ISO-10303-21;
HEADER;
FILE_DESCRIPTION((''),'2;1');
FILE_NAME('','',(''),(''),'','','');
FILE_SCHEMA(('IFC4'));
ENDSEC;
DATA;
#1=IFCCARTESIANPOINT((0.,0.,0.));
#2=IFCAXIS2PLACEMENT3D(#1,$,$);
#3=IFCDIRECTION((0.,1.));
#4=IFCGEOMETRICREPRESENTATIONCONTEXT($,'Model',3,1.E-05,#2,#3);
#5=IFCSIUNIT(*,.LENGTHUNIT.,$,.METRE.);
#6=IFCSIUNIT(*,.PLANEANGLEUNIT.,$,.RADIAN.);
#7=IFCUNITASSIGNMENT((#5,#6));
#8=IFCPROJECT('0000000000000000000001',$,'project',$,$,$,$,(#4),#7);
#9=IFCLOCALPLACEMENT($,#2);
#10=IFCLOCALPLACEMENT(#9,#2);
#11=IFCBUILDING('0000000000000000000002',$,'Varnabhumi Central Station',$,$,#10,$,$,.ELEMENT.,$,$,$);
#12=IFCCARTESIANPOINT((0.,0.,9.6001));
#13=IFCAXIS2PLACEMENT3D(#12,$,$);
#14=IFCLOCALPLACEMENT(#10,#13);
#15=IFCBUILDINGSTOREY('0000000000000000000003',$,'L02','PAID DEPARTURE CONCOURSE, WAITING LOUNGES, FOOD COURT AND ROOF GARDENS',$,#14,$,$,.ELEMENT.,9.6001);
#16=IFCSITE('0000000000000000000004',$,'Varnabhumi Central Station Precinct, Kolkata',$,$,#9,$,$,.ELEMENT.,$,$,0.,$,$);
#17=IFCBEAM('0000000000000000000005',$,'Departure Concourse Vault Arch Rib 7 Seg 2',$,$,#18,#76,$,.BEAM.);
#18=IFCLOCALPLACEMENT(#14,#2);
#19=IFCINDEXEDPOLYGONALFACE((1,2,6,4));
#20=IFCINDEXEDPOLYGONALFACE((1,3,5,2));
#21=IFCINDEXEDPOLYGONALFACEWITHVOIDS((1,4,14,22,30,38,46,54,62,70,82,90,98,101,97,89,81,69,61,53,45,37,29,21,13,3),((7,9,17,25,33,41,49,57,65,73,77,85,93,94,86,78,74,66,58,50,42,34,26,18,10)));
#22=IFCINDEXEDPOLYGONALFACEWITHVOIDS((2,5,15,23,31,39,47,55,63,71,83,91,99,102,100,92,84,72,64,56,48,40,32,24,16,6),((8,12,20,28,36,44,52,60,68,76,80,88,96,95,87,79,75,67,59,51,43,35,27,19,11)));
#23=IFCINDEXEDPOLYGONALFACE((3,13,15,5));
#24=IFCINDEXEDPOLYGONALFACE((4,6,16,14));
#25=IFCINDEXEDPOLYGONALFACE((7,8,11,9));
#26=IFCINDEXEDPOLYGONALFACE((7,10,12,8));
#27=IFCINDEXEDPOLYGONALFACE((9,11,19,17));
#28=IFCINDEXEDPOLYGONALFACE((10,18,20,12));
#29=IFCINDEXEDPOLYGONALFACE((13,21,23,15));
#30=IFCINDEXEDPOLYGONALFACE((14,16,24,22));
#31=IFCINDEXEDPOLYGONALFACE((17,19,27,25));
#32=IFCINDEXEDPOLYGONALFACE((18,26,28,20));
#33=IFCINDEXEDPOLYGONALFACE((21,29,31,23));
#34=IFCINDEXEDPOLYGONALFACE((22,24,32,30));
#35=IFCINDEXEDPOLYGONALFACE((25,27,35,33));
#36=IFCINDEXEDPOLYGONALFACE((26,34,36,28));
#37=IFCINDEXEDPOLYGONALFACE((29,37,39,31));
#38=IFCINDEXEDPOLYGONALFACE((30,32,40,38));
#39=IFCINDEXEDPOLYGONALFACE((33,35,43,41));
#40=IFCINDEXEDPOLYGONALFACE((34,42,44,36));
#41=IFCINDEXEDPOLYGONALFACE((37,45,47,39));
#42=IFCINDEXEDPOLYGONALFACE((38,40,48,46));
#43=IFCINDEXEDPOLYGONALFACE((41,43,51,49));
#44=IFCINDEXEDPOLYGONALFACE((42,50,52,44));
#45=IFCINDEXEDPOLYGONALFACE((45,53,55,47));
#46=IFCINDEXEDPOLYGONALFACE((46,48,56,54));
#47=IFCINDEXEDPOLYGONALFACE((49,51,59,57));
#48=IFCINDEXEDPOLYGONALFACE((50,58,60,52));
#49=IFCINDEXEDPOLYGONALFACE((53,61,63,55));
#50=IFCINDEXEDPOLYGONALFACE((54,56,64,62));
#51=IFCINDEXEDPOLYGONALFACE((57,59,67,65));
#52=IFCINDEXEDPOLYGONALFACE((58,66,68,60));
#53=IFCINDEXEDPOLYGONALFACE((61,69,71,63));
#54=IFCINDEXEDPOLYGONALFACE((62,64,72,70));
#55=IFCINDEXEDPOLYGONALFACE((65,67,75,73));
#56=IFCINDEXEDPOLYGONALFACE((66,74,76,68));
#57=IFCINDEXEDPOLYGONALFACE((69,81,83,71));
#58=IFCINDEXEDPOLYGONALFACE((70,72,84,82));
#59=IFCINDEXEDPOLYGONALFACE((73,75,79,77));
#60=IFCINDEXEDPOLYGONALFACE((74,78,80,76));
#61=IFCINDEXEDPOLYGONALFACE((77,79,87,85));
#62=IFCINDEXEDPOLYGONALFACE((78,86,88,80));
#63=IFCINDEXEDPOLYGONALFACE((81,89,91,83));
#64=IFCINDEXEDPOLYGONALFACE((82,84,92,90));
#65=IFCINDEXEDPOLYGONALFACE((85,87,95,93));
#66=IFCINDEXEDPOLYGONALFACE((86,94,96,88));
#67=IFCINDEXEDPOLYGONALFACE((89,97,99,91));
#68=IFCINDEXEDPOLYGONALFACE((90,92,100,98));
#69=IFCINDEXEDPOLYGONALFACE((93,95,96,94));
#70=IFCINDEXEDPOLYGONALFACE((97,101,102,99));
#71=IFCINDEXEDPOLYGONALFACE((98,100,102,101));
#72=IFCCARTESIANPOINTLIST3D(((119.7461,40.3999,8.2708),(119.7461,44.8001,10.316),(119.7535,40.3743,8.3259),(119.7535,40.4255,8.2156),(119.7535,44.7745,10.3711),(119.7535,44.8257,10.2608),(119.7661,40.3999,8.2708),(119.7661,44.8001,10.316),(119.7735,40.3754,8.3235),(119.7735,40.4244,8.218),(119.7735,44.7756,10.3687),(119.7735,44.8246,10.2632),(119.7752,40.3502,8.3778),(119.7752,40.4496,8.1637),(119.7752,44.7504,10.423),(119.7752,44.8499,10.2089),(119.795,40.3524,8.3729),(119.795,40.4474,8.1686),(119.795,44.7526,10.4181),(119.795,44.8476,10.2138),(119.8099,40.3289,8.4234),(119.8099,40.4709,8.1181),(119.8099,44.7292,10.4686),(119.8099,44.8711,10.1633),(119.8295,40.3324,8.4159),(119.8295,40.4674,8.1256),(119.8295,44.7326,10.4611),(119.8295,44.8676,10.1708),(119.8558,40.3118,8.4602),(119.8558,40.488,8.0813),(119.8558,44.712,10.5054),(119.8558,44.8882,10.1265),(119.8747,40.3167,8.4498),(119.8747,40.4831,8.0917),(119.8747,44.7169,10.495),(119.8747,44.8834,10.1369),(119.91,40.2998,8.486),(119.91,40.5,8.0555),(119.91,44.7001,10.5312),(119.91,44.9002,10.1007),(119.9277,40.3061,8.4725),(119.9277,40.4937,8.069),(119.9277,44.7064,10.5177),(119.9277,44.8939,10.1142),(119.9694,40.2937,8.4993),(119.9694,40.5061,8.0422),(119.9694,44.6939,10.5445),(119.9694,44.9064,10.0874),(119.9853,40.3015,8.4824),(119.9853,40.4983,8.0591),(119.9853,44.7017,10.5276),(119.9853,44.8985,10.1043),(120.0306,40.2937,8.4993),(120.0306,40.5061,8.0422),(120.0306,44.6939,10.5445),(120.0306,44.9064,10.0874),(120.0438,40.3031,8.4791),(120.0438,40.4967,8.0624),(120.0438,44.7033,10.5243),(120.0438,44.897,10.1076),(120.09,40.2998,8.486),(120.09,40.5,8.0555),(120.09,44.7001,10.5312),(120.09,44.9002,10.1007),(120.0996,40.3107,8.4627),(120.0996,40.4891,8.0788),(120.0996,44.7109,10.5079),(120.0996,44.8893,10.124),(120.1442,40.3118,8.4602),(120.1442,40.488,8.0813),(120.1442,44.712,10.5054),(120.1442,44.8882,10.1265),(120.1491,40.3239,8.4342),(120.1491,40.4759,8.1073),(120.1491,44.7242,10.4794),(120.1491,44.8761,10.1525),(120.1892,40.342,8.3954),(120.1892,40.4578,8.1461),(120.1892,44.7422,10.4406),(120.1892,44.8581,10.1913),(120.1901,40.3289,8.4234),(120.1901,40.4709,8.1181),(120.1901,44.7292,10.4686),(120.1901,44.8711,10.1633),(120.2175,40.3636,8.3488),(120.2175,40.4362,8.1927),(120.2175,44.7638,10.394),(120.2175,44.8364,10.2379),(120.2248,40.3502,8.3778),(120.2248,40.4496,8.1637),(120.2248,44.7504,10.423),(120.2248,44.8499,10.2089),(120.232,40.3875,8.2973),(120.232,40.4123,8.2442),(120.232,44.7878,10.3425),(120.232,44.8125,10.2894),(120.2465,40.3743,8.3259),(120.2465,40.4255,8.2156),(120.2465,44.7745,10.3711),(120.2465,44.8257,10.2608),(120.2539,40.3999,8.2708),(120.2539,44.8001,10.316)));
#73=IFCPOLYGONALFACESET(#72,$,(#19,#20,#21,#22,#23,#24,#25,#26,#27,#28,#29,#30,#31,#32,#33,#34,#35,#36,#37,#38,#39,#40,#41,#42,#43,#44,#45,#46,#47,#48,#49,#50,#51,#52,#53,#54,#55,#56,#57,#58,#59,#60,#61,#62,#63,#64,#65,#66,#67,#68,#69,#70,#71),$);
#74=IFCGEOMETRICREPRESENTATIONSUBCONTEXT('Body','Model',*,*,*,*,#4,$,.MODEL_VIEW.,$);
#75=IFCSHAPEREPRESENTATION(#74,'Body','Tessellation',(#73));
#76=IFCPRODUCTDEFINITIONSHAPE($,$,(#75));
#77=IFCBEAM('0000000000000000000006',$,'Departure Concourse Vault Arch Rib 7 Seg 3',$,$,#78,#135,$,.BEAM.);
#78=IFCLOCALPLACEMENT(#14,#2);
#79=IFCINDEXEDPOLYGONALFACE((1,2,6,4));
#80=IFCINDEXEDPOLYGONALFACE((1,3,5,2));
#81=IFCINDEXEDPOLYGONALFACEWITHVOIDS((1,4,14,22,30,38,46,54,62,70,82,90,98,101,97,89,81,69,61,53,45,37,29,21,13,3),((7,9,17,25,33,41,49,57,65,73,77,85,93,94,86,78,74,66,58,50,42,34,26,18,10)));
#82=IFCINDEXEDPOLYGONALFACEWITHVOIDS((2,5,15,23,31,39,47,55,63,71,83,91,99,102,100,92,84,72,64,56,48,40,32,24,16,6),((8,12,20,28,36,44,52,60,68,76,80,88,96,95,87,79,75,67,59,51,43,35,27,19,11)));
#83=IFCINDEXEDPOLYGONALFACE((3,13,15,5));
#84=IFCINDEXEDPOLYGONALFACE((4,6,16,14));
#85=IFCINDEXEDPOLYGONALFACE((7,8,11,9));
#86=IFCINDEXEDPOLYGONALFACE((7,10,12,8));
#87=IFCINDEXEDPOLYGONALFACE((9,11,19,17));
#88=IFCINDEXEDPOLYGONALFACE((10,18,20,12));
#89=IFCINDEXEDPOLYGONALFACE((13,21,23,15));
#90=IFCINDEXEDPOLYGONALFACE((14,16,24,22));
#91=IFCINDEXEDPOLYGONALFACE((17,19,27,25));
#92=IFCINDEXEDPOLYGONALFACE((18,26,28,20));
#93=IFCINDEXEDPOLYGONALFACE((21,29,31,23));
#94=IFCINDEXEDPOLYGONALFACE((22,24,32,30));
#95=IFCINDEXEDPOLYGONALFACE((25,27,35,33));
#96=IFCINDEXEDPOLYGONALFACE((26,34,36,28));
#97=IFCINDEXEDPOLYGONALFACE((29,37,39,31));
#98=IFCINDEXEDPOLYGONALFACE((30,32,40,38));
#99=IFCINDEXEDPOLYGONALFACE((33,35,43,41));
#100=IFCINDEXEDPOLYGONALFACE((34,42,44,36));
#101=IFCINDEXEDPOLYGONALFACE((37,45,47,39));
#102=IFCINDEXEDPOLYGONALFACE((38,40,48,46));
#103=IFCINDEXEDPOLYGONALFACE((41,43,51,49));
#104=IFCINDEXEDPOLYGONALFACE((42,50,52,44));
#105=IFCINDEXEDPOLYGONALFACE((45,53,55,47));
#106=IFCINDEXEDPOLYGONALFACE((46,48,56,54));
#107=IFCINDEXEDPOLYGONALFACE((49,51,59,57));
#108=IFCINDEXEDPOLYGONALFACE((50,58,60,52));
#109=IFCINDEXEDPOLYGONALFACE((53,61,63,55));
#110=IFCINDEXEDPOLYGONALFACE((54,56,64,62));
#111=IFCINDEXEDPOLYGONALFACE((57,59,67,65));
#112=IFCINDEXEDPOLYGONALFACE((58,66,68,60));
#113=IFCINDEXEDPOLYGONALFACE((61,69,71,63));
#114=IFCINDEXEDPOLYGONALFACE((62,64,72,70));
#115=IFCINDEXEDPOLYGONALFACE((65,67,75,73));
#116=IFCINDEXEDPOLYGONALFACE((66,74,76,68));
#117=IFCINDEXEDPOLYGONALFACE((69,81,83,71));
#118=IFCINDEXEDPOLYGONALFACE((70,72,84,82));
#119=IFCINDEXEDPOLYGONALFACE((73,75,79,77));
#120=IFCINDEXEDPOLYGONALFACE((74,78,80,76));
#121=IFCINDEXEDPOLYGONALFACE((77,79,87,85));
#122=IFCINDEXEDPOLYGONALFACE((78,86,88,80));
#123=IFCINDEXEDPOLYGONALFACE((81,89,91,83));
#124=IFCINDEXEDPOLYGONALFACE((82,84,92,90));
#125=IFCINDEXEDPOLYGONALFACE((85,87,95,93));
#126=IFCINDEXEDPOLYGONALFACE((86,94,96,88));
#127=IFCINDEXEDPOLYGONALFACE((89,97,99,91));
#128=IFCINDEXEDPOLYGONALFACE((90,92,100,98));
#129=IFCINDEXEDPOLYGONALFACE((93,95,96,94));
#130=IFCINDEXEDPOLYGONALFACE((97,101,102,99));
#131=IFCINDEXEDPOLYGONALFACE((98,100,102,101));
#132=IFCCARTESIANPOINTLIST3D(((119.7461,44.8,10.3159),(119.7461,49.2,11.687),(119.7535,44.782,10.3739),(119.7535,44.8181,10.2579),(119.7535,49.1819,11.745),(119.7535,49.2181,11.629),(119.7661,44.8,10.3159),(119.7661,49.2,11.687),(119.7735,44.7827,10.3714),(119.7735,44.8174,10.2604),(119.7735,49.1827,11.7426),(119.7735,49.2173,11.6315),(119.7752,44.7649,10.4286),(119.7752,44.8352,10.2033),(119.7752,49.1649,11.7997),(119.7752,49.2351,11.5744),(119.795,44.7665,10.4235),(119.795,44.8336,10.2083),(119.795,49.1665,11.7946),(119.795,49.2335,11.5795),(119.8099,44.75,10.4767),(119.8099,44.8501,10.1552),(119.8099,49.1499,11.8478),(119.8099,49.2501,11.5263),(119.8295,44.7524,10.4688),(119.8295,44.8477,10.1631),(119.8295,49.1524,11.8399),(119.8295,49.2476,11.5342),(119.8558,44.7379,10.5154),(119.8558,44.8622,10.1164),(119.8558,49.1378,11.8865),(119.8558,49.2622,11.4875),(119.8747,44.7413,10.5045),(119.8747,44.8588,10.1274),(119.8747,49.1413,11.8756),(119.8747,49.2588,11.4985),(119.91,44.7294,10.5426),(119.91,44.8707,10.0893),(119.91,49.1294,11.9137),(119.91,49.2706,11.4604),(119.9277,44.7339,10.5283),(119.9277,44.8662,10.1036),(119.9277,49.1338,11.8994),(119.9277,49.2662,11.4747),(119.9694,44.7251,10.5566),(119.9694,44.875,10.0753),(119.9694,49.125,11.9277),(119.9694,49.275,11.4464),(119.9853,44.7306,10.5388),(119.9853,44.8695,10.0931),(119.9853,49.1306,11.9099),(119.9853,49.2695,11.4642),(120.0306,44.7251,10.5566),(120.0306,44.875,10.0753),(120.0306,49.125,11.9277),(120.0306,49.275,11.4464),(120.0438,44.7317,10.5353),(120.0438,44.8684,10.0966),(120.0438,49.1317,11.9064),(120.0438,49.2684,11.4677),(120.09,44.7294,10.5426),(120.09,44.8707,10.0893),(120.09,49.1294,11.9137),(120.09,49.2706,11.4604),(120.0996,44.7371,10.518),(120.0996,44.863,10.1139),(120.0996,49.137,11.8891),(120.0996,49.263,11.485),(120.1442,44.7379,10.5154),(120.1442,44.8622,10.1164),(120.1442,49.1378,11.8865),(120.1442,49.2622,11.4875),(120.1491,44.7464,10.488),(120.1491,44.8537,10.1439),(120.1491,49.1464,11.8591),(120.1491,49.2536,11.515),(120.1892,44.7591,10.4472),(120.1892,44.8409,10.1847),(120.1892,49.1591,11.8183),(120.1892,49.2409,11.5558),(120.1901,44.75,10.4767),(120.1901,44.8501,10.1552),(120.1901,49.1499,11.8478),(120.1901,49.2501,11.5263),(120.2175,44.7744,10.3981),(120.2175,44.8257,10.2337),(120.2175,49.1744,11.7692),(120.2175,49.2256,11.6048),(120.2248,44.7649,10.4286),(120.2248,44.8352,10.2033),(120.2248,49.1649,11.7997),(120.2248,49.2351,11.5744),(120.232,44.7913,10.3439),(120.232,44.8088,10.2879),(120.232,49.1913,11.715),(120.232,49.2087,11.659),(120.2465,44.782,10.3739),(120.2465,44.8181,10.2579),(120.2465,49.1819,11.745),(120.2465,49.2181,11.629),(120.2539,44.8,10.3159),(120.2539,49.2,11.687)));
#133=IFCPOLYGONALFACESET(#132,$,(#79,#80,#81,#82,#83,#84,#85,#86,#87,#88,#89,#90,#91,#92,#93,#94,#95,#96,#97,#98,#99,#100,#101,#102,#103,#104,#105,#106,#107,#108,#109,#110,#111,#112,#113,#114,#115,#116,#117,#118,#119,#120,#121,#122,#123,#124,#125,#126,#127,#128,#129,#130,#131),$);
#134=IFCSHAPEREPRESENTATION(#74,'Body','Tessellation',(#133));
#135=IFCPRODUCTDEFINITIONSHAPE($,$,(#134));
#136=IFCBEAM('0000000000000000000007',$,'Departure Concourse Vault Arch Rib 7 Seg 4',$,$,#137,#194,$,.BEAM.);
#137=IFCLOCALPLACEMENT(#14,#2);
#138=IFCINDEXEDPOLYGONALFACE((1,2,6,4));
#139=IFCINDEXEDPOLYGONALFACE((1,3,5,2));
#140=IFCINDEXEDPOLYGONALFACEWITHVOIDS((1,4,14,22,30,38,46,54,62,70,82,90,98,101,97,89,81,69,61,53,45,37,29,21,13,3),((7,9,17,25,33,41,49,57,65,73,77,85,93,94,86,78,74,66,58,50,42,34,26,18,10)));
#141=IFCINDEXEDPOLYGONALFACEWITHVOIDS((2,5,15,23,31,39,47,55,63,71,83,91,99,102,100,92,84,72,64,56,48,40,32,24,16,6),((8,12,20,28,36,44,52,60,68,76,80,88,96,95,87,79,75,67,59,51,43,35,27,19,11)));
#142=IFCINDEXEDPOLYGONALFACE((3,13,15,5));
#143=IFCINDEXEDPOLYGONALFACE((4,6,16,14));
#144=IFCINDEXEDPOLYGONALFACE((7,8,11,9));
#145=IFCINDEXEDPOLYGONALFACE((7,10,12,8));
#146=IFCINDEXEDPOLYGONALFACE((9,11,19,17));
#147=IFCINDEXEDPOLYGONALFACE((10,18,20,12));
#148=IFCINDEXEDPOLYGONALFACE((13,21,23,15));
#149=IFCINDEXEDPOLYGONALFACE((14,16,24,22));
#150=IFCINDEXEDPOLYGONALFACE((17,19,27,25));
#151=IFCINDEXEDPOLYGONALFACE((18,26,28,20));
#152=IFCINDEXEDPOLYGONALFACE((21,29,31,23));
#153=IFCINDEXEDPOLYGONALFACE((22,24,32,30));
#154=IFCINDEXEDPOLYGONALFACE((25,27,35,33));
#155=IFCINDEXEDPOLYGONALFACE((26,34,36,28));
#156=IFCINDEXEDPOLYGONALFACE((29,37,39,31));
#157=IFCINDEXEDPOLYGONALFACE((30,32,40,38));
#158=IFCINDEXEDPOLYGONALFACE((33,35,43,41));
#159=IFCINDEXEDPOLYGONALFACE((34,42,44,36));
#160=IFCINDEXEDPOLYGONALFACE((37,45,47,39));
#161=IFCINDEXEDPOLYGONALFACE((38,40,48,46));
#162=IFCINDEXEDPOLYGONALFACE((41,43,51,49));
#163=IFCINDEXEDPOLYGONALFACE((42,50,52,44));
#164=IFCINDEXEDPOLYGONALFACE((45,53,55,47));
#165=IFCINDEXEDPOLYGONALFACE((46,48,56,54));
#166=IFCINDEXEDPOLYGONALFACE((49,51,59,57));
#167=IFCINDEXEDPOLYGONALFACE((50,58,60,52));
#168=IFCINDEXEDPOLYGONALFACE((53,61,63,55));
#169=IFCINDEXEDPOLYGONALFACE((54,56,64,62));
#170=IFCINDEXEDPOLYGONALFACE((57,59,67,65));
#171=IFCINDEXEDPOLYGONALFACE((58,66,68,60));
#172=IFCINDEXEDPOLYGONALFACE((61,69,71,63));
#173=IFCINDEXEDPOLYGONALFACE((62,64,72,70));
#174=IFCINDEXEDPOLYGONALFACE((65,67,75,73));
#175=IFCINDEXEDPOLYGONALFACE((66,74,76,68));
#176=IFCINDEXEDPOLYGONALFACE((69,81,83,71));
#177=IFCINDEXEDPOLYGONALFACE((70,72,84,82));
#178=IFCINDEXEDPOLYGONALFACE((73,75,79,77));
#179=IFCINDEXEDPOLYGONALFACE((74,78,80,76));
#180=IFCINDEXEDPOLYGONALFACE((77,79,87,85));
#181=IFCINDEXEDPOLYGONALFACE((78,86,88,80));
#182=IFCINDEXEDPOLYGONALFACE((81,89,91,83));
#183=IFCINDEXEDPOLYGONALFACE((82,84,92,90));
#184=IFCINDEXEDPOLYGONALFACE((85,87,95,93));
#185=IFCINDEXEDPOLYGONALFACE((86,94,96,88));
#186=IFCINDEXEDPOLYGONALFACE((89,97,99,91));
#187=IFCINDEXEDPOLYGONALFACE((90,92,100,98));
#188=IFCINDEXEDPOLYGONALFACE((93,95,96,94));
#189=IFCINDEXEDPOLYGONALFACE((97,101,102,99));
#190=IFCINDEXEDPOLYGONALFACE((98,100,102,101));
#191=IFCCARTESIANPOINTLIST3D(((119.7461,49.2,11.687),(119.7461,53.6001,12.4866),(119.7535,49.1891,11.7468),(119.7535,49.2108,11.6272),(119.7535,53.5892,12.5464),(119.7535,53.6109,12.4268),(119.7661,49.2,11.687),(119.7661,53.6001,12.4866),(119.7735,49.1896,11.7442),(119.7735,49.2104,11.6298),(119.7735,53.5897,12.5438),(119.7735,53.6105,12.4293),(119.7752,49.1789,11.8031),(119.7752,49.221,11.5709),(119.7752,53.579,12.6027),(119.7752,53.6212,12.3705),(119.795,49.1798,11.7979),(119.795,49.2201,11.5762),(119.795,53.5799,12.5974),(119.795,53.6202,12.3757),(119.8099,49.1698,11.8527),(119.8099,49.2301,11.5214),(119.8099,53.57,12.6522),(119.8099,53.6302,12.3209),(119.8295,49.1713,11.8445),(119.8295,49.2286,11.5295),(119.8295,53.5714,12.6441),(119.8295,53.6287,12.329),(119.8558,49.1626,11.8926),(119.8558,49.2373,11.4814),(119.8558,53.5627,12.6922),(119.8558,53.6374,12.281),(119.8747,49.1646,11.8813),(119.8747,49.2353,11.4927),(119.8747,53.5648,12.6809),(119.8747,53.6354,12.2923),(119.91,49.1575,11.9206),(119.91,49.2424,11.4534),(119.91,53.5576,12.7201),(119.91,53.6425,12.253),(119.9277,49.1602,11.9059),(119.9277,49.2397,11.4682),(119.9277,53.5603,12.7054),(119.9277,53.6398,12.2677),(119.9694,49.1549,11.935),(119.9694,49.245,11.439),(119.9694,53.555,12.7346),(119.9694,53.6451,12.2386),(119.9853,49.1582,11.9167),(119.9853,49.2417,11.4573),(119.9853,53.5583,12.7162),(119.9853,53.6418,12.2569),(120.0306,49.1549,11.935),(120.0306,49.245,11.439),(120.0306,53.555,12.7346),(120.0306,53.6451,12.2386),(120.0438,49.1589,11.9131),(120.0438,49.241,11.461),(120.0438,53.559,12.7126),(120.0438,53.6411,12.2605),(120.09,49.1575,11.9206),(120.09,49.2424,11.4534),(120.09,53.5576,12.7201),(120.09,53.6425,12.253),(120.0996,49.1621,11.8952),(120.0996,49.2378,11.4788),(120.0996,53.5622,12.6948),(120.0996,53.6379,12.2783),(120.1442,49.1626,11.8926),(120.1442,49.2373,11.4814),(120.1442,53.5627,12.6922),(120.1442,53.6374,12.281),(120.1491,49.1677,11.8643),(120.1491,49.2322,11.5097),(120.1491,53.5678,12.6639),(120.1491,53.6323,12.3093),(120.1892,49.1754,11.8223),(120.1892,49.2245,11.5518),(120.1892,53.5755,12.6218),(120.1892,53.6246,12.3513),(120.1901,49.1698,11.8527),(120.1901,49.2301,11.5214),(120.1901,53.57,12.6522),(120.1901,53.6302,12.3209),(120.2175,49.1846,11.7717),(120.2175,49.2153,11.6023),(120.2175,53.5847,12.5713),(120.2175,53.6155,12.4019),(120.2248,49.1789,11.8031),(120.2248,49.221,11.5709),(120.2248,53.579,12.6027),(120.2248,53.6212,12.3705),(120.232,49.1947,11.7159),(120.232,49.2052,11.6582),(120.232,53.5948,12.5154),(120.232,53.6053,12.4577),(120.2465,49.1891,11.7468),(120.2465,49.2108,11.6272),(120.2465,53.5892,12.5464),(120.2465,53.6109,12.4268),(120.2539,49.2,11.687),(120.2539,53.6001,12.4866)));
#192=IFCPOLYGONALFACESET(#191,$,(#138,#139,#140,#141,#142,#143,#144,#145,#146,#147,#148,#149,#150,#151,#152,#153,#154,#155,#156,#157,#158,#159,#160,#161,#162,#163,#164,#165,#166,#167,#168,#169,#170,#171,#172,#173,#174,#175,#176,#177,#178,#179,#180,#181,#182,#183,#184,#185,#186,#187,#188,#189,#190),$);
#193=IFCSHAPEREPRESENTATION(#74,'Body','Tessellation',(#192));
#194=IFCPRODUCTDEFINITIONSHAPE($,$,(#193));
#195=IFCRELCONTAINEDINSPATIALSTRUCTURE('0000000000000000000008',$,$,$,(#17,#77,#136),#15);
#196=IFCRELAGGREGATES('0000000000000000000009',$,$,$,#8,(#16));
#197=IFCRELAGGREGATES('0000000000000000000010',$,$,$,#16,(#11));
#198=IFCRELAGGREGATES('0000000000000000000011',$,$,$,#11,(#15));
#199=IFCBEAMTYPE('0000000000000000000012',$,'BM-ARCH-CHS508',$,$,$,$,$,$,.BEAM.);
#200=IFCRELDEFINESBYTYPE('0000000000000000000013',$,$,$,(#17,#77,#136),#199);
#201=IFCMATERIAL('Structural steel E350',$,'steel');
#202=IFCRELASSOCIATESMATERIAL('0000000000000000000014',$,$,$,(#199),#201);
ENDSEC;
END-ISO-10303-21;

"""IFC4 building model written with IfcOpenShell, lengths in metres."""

from ifc_helpers import new_model, si_unit, direction, frame, origin, origin_2d, place, context, subcontext, project, spatial, hollow_circle, extrude, material, material_profile, profile_set, type_object, element, save


model = new_model("IFC4")

# Units and contexts
model_context = context("Model", 3, precision=1e-05, world=origin(), true_north=direction((0.0, 1.0)))
body_context = subcontext(model_context, "Body", "Model", "MODEL_VIEW")
ifc_project = project(units=[si_unit("LENGTHUNIT", "METRE"), si_unit("PLANEANGLEUNIT", "RADIAN")], contexts=[model_context])

# Site, building, storey
site_placement = place(None, origin())
site = spatial("IfcSite", under=ifc_project, at=site_placement, Name="Varnabhumi Central Station Precinct, Kolkata", CompositionType="ELEMENT", RefElevation=0.0)
building_placement = place(site_placement, origin())
building = spatial("IfcBuilding", under=site, at=building_placement, Name="Varnabhumi Central Station", CompositionType="ELEMENT")
storey_placement = place(building_placement, frame((0.0, 0.0, 9.6001)))
storey = spatial("IfcBuildingStorey", under=building, at=storey_placement, Name="L02", Description="PAID DEPARTURE CONCOURSE, WAITING LOUNGES, FOOD COURT AND ROOF GARDENS", CompositionType="ELEMENT", Elevation=9.6001)

# Beams
ifc_material_1 = material(Name="Structural steel E350", Category="steel")
ifc_material_profile_1 = material_profile(ifc_material_1, hollow_circle(Radius=0.2539, WallThickness=0.02, at=origin_2d()), Name="Structural steel E350", Category="steel")
ifc_profile_set_1 = profile_set([ifc_material_profile_1], Name="Structural steel E350")
beam_type_1 = type_object("IfcBeamType", Name="BM-ARCH-CHS508", PredefinedType="BEAM", material=ifc_profile_set_1)
beam_1_placement = place(storey_placement, frame((120.0, 40.3999, 8.2708), z_axis=(0.0, 0.906832, 0.421491), x_axis=(-1.0, 0.0, 0.0)))
element("IfcBeam", 1, at=beam_1_placement, inside=storey, type_object=beam_type_1, Name="Departure Concourse Vault Arch Rib 7 Seg 2", PredefinedType="BEAM", context=body_context, shape_type="SweptSolid", body=[
    extrude(hollow_circle(Radius=0.2539, WallThickness=0.02, at=origin_2d()), origin(), (0.0, 0.0, 1.0), 4.8523),
])
beam_2_placement = place(storey_placement, frame((120.0, 44.8, 10.3159), z_axis=(0.0, 0.954719, 0.297509), x_axis=(-1.0, 0.0, 0.0)))
element("IfcBeam", 2, at=beam_2_placement, inside=storey, type_object=beam_type_1, Name="Departure Concourse Vault Arch Rib 7 Seg 3", PredefinedType="BEAM", context=body_context, shape_type="SweptSolid", body=[
    extrude(hollow_circle(Radius=0.2539, WallThickness=0.02, at=origin_2d()), origin(), (0.0, 0.0, 1.0), 4.6086),
])
beam_3_placement = place(storey_placement, frame((120.0, 49.2, 11.687), z_axis=(0.0, 0.983888, 0.178785), x_axis=(-1.0, 0.0, 0.0)))
element("IfcBeam", 3, at=beam_3_placement, inside=storey, type_object=beam_type_1, Name="Departure Concourse Vault Arch Rib 7 Seg 4", PredefinedType="BEAM", context=body_context, shape_type="SweptSolid", body=[
    extrude(hollow_circle(Radius=0.2539, WallThickness=0.02, at=origin_2d()), origin(), (0.0, 0.0, 1.0), 4.4722),
])

save(model, "model.ifc")
